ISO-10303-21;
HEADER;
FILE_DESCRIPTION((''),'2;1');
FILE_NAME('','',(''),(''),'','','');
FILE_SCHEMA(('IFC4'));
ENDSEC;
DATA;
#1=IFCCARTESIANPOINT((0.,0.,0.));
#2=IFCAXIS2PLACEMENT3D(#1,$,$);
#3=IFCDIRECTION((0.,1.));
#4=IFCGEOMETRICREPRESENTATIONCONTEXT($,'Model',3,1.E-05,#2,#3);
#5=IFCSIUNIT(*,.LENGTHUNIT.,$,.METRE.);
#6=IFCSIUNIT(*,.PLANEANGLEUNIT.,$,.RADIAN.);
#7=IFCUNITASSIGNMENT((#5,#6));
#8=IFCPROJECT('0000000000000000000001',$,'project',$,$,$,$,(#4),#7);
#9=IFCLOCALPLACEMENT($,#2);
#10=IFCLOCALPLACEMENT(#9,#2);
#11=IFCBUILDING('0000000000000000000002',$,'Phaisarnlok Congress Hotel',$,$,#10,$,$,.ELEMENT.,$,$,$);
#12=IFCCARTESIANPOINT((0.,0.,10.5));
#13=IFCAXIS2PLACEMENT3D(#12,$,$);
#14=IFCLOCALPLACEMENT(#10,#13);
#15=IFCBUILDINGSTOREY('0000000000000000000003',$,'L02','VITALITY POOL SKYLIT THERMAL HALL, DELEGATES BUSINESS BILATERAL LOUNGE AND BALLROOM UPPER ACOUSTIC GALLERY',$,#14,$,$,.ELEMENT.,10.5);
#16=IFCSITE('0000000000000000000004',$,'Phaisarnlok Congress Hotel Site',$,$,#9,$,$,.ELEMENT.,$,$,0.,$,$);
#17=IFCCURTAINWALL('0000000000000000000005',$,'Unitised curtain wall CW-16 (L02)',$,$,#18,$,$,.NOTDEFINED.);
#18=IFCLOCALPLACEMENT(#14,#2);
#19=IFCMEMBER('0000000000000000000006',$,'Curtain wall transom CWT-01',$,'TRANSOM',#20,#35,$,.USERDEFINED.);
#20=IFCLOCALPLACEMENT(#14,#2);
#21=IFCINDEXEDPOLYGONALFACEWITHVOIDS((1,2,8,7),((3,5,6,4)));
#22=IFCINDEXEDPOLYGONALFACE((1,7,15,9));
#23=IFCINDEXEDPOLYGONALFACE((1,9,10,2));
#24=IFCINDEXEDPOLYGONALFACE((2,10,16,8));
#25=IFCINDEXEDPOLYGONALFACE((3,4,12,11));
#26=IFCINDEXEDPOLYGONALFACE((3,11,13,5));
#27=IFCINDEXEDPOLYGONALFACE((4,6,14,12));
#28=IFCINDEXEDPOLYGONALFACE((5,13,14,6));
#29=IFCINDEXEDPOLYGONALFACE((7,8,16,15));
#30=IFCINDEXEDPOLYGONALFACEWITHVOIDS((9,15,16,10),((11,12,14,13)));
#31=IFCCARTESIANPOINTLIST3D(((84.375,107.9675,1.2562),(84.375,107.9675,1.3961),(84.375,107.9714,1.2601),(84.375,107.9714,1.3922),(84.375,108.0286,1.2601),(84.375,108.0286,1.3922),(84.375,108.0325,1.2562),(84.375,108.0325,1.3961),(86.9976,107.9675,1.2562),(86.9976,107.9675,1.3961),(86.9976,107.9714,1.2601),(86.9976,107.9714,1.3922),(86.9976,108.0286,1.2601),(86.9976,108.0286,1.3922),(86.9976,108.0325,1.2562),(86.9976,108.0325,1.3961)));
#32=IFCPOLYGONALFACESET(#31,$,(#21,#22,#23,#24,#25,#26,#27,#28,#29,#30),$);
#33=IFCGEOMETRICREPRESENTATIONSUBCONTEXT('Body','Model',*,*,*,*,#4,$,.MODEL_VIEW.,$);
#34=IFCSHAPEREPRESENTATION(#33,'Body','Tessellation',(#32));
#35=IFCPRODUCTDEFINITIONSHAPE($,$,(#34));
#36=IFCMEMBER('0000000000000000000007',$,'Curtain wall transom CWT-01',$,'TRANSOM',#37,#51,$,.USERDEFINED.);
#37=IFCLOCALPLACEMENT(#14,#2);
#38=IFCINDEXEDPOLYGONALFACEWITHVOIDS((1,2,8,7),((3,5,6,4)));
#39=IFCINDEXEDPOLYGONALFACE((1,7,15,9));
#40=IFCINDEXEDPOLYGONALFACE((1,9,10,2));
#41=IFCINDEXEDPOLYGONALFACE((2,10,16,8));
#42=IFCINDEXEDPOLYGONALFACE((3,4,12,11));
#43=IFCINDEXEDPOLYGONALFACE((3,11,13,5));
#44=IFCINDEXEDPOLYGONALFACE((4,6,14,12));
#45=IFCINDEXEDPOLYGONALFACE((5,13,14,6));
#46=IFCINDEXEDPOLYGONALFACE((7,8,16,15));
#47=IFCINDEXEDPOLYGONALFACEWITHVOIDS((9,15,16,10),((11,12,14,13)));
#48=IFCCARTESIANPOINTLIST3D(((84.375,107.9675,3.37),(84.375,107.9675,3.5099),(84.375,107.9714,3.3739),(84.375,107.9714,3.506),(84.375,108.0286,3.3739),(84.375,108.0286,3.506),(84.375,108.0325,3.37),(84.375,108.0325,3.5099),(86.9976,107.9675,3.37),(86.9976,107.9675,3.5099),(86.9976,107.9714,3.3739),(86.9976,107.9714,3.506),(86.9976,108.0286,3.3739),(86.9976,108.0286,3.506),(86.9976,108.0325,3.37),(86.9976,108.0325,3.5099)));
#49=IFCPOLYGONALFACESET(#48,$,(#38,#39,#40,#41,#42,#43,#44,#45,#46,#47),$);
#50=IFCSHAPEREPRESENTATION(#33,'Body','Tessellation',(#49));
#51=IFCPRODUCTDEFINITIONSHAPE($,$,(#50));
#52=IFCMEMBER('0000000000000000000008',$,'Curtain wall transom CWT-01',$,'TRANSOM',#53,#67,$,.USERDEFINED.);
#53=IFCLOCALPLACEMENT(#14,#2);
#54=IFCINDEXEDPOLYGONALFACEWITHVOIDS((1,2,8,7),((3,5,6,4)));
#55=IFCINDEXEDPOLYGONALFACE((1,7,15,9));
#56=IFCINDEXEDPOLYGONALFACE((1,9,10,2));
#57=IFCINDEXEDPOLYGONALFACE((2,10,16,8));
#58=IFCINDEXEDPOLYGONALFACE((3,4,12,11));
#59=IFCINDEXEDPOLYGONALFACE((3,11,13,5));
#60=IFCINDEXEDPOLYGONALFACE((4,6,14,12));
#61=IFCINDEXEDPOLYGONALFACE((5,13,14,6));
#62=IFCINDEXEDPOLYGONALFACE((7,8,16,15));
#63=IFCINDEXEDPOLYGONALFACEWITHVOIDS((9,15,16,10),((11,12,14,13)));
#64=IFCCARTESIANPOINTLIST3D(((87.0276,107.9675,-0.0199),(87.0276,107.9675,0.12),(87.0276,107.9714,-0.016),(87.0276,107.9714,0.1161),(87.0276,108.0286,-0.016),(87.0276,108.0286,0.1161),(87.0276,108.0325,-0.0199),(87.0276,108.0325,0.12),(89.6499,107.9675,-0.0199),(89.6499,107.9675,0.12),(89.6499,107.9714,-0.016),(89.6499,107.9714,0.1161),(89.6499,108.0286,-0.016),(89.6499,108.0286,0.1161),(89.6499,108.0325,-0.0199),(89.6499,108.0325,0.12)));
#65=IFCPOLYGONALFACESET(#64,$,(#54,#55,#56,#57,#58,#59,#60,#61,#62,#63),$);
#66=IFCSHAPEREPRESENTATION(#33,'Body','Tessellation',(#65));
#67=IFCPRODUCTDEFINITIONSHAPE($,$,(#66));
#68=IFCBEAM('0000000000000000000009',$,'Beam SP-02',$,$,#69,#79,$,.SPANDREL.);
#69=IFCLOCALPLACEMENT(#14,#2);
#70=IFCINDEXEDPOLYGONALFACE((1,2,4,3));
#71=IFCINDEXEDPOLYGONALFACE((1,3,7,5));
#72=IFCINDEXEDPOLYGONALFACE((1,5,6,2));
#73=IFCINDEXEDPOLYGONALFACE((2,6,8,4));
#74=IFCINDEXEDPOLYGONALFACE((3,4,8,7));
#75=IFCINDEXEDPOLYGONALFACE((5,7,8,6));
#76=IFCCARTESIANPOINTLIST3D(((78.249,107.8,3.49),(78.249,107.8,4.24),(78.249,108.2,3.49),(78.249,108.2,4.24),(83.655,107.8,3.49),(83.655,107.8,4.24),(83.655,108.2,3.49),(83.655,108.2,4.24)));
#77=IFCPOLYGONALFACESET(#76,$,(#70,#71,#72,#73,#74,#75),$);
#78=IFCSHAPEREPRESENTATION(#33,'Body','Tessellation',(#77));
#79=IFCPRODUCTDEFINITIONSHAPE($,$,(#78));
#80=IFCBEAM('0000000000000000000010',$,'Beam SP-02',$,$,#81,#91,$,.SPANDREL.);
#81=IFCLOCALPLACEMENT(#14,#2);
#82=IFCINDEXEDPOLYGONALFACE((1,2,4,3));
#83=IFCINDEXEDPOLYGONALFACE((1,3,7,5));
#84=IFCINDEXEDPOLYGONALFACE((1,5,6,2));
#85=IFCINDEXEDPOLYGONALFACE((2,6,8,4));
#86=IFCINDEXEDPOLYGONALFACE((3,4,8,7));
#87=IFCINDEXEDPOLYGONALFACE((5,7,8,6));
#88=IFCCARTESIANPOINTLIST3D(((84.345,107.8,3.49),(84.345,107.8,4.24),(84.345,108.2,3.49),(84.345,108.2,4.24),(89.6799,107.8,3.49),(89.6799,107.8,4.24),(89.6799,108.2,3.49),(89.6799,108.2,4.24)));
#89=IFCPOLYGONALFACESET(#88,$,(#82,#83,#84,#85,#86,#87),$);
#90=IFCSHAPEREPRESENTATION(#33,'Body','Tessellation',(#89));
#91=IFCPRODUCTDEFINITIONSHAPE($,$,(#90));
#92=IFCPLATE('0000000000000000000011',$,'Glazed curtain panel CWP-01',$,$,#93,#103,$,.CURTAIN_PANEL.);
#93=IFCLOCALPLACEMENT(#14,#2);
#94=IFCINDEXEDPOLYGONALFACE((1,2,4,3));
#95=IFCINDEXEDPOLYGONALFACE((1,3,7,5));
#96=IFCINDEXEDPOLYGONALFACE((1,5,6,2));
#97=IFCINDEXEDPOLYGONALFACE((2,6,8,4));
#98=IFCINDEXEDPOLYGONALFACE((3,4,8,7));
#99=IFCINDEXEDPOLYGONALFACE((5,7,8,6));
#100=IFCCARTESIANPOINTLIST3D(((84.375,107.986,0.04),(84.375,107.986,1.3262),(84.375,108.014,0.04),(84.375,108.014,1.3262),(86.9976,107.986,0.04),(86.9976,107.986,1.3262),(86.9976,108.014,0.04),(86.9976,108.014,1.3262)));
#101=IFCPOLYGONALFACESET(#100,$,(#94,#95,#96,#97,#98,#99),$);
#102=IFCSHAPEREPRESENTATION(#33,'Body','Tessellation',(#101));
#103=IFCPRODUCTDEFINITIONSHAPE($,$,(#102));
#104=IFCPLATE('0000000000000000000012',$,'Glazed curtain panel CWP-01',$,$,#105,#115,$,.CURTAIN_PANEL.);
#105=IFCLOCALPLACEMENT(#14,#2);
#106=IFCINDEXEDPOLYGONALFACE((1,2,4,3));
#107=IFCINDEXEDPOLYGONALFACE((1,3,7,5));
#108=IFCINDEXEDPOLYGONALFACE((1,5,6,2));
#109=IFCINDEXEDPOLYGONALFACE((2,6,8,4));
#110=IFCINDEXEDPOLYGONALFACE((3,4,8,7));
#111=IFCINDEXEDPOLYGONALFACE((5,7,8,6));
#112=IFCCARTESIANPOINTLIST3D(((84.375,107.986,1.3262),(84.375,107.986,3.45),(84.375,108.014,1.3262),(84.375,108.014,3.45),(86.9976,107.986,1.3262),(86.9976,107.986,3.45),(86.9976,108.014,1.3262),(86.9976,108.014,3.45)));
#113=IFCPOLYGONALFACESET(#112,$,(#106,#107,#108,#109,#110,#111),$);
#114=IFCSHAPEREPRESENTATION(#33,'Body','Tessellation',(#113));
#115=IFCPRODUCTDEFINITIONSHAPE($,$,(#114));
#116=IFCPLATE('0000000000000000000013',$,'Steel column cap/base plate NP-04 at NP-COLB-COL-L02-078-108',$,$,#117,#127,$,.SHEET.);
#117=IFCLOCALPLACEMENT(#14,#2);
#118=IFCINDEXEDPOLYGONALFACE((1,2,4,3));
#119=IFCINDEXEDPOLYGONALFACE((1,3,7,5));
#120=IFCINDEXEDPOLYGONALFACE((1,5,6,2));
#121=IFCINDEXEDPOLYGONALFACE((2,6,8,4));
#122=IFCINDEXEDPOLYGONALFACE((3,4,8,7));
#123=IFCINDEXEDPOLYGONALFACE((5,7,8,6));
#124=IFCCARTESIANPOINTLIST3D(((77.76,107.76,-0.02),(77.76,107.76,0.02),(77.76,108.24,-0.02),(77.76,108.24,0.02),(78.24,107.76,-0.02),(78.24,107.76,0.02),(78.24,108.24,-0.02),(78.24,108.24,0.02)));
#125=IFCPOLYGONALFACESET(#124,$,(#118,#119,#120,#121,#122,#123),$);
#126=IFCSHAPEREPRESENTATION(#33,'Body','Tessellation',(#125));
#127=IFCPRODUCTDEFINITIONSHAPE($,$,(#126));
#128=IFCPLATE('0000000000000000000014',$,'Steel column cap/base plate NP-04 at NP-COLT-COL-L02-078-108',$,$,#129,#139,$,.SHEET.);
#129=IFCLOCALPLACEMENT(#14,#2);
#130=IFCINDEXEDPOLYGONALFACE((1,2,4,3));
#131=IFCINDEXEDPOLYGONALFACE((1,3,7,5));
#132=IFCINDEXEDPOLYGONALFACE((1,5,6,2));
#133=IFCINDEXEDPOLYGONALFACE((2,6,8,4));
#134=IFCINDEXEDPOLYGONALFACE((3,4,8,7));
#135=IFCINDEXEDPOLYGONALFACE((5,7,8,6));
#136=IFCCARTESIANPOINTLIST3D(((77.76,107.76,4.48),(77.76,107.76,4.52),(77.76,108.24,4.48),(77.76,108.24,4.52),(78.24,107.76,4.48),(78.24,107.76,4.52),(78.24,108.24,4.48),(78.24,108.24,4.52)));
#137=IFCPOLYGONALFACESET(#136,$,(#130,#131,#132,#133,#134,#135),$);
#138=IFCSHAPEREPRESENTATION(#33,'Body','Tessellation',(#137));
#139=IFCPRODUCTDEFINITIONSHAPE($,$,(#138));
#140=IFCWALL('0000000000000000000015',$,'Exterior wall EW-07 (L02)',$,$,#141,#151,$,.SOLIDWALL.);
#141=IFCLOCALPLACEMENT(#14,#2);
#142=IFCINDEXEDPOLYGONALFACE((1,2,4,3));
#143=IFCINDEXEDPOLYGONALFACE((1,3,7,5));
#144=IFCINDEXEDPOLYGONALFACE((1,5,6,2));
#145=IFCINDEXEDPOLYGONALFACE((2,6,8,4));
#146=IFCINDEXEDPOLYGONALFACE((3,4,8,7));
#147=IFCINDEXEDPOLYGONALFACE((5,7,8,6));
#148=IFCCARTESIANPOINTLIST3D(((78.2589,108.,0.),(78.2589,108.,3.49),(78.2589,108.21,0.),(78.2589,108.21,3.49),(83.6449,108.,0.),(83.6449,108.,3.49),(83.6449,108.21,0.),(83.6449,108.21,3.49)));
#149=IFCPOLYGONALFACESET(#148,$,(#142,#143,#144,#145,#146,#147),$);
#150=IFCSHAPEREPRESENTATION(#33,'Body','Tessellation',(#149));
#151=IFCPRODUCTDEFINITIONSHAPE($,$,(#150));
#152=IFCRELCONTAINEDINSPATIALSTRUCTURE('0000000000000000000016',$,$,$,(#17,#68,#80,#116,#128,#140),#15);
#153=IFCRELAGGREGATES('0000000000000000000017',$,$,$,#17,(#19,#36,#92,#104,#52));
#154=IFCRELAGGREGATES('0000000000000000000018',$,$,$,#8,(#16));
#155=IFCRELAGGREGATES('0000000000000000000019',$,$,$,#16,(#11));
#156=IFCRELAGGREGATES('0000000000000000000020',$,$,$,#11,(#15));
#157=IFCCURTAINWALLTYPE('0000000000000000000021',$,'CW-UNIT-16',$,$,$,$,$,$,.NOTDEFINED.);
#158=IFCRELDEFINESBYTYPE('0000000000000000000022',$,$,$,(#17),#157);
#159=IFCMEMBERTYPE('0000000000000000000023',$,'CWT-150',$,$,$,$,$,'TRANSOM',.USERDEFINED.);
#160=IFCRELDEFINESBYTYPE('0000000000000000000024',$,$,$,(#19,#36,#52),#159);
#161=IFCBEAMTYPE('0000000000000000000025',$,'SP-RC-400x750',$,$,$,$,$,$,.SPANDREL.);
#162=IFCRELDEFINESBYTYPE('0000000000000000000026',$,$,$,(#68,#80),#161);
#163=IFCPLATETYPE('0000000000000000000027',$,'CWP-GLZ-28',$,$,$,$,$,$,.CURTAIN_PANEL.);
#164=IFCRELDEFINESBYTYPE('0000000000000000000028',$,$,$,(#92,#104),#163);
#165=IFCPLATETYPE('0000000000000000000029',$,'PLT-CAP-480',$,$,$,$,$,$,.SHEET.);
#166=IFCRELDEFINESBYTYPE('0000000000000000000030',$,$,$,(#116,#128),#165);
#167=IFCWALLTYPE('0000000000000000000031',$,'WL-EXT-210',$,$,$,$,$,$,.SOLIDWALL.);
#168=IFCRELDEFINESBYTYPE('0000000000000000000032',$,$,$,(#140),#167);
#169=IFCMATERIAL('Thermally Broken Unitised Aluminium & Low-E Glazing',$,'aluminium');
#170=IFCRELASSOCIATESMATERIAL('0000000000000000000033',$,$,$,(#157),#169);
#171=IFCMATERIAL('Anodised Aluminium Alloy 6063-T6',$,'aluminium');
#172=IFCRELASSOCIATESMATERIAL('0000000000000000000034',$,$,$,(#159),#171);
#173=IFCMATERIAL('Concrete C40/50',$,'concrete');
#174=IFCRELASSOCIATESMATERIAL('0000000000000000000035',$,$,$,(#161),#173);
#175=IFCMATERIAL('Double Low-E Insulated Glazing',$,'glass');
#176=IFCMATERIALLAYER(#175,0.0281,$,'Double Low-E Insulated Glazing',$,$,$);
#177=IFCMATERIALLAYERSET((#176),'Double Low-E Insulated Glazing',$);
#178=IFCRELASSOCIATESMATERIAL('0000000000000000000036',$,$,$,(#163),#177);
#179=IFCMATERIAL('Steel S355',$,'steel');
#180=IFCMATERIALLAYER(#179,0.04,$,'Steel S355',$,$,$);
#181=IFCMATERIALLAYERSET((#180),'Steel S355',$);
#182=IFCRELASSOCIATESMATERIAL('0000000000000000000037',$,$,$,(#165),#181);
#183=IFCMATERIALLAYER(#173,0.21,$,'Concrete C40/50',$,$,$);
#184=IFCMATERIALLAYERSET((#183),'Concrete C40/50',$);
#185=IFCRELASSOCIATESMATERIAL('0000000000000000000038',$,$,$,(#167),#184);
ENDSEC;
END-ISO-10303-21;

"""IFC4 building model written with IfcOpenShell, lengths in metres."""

from ifc_helpers import new_model, si_unit, direction, frame, frame_2d, origin, origin_2d, place, context, subcontext, project, spatial, rectangle, hollow_rectangle, extrude, material, layer, layer_set, material_profile, profile_set, type_object, element, aggregate, save


model = new_model("IFC4")

# Units and contexts
model_context = context("Model", 3, precision=1e-05, world=origin(), true_north=direction((0.0, 1.0)))
body_context = subcontext(model_context, "Body", "Model", "MODEL_VIEW")
ifc_project = project(units=[si_unit("LENGTHUNIT", "METRE"), si_unit("PLANEANGLEUNIT", "RADIAN")], contexts=[model_context])

# Site, building, storey
site_placement = place(None, origin())
site = spatial("IfcSite", under=ifc_project, at=site_placement, Name="Phaisarnlok Congress Hotel Site", CompositionType="ELEMENT", RefElevation=0.0)
building_placement = place(site_placement, origin())
building = spatial("IfcBuilding", under=site, at=building_placement, Name="Phaisarnlok Congress Hotel", CompositionType="ELEMENT")
storey_placement = place(building_placement, frame((0.0, 0.0, 10.5)))
storey = spatial("IfcBuildingStorey", under=building, at=storey_placement, Name="L02", Description="VITALITY POOL SKYLIT THERMAL HALL, DELEGATES BUSINESS BILATERAL LOUNGE AND BALLROOM UPPER ACOUSTIC GALLERY", CompositionType="ELEMENT", Elevation=10.5)

# Shared definitions
ifc_material_1 = material(Name="Steel S355", Category="steel")

# Shared definitions
ifc_material_2 = material(Name="Concrete C40/50", Category="concrete")

# Curtain wall, members
ifc_material_3 = material(Name="Thermally Broken Unitised Aluminium & Low-E Glazing", Category="aluminium")
curtain_wall_type = type_object("IfcCurtainWallType", Name="CW-UNIT-16", PredefinedType="NOTDEFINED", material=ifc_material_3)
curtain_wall_placement = place(storey_placement, origin())
curtain_wall = element("IfcCurtainWall", 1, at=curtain_wall_placement, inside=storey, type_object=curtain_wall_type, Name="Unitised curtain wall CW-16 (L02)", PredefinedType="NOTDEFINED")
ifc_material_4 = material(Name="Anodised Aluminium Alloy 6063-T6", Category="aluminium")
ifc_material_profile_1 = material_profile(ifc_material_4, hollow_rectangle(XDim=0.0649, YDim=0.1399, WallThickness=0.0039, at=origin_2d()), Name="ALU-T 65x140x4")
ifc_profile_set_1 = profile_set([ifc_material_profile_1], Name="Anodised Aluminium Alloy 6063-T6")
member_type_1 = type_object("IfcMemberType", Name="CWT-150", ElementType="TRANSOM", PredefinedType="USERDEFINED", material=ifc_profile_set_1)
member_1_placement = place(storey_placement, frame((84.375, 108.0, 1.3262), z_axis=(1.0, 0.0, 0.0), x_axis=(0.0, 1.0, 0.0)))
member_1 = element("IfcMember", 2, at=member_1_placement, type_object=member_type_1, Name="Curtain wall transom CWT-01", ObjectType="TRANSOM", PredefinedType="USERDEFINED", context=body_context, shape_type="SweptSolid", body=[
    extrude(hollow_rectangle(XDim=0.0649, YDim=0.1399, WallThickness=0.0039, at=origin_2d()), origin(), (0.0, 0.0, 1.0), 2.6226),
])
member_2_placement = place(storey_placement, frame((84.375, 108.0, 3.4399), z_axis=(1.0, 0.0, 0.0), x_axis=(0.0, 1.0, 0.0)))
member_2 = element("IfcMember", 3, at=member_2_placement, type_object=member_type_1, Name="Curtain wall transom CWT-01", ObjectType="TRANSOM", PredefinedType="USERDEFINED", context=body_context, shape_type="SweptSolid", body=[
    extrude(hollow_rectangle(XDim=0.0649, YDim=0.1399, WallThickness=0.0039, at=origin_2d()), origin(), (0.0, 0.0, 1.0), 2.6226),
])
member_3_placement = place(storey_placement, frame((87.0276, 108.0, 0.05), z_axis=(1.0, 0.0, 0.0), x_axis=(0.0, 1.0, 0.0)))
member_3 = element("IfcMember", 4, at=member_3_placement, type_object=member_type_1, Name="Curtain wall transom CWT-01", ObjectType="TRANSOM", PredefinedType="USERDEFINED", context=body_context, shape_type="SweptSolid", body=[
    extrude(hollow_rectangle(XDim=0.0649, YDim=0.1399, WallThickness=0.0039, at=origin_2d()), origin(), (0.0, 0.0, 1.0), 2.6223),
])

# Beams
ifc_material_profile_2 = material_profile(ifc_material_2, rectangle(XDim=0.3999, YDim=0.75, at=origin_2d()), Name="RC 400x750")
ifc_profile_set_2 = profile_set([ifc_material_profile_2], Name="Concrete C40/50")
beam_type_1 = type_object("IfcBeamType", Name="SP-RC-400x750", PredefinedType="SPANDREL", material=ifc_profile_set_2)
beam_1_placement = place(storey_placement, frame((78.249, 108.0, 3.865), z_axis=(1.0, 0.0, 0.0), x_axis=(0.0, 1.0, 0.0)))
element("IfcBeam", 5, at=beam_1_placement, inside=storey, type_object=beam_type_1, Name="Beam SP-02", PredefinedType="SPANDREL", context=body_context, shape_type="SweptSolid", body=[
    extrude(rectangle(XDim=0.3999, YDim=0.75, at=origin_2d()), origin(), (0.0, 0.0, 1.0), 5.406),
])
beam_2_placement = place(storey_placement, frame((84.345, 108.0, 3.865), z_axis=(1.0, 0.0, 0.0), x_axis=(0.0, 1.0, 0.0)))
element("IfcBeam", 6, at=beam_2_placement, inside=storey, type_object=beam_type_1, Name="Beam SP-02", PredefinedType="SPANDREL", context=body_context, shape_type="SweptSolid", body=[
    extrude(rectangle(XDim=0.3999, YDim=0.75, at=origin_2d()), origin(), (0.0, 0.0, 1.0), 5.335),
])

# Plates
ifc_material_5 = material(Name="Double Low-E Insulated Glazing", Category="glass")
ifc_layer_1 = layer(ifc_material_5, 0.0281, Name="Double Low-E Insulated Glazing")
ifc_layer_set_1 = layer_set([ifc_layer_1], Name="Double Low-E Insulated Glazing")
plate_type_1 = type_object("IfcPlateType", Name="CWP-GLZ-28", PredefinedType="CURTAIN_PANEL", material=ifc_layer_set_1)
plate_1_placement = place(storey_placement, frame((84.375, 108.0, 0.04), z_axis=(0.0, 0.0, 1.0), x_axis=(1.0, 0.0, 0.0)))
plate_1 = element("IfcPlate", 7, at=plate_1_placement, type_object=plate_type_1, Name="Glazed curtain panel CWP-01", PredefinedType="CURTAIN_PANEL", context=body_context, shape_type="SweptSolid", body=[
    extrude(rectangle(XDim=2.6226, YDim=0.0281, at=frame_2d((1.3113, 0.0))), origin(), (0.0, 0.0, 1.0), 1.2861),
])
plate_2_placement = place(storey_placement, frame((84.375, 108.0, 1.3262), z_axis=(0.0, 0.0, 1.0), x_axis=(1.0, 0.0, 0.0)))
plate_2 = element("IfcPlate", 8, at=plate_2_placement, type_object=plate_type_1, Name="Glazed curtain panel CWP-01", PredefinedType="CURTAIN_PANEL", context=body_context, shape_type="SweptSolid", body=[
    extrude(rectangle(XDim=2.6226, YDim=0.0281, at=frame_2d((1.3113, 0.0))), origin(), (0.0, 0.0, 1.0), 2.1238),
])
aggregate(curtain_wall, [member_1, member_2, plate_1, plate_2, member_3])

# Plates
ifc_layer_2 = layer(ifc_material_1, 0.04, Name="Steel S355")
ifc_layer_set_2 = layer_set([ifc_layer_2], Name="Steel S355")
plate_type_2 = type_object("IfcPlateType", Name="PLT-CAP-480", PredefinedType="SHEET", material=ifc_layer_set_2)
for number, where, z_axis, x_axis, name in (
    (9, (78.0, 108.0, -0.02), (0.0, 0.0, 1.0), (1.0, 0.0, 0.0), "Steel column cap/base plate NP-04 at NP-COLB-COL-L02-078-108"),
    (10, (78.0, 108.0, 4.48), (0.0, 0.0, 1.0), (1.0, 0.0, 0.0), "Steel column cap/base plate NP-04 at NP-COLT-COL-L02-078-108"),
):
    element("IfcPlate", number, at=place(storey_placement, frame(where, z_axis=z_axis, x_axis=x_axis)), inside=storey, type_object=plate_type_2, Name=name, PredefinedType="SHEET", context=body_context, shape_type="SweptSolid", body=[
        extrude(rectangle(XDim=0.48, YDim=0.48, at=origin_2d()), origin(), (0.0, 0.0, 1.0), 0.04),
    ])

# Wall
ifc_layer_3 = layer(ifc_material_2, 0.21, Name="Concrete C40/50")
ifc_layer_set_3 = layer_set([ifc_layer_3], Name="Concrete C40/50")
wall_type_1 = type_object("IfcWallType", Name="WL-EXT-210", PredefinedType="SOLIDWALL", material=ifc_layer_set_3)
wall_1_placement = place(storey_placement, frame((78.259, 108.105, 0.0), z_axis=(0.0, 0.0, 1.0), x_axis=(1.0, 0.0, 0.0)))
element("IfcWall", 11, at=wall_1_placement, inside=storey, type_object=wall_type_1, Name="Exterior wall EW-07 (L02)", PredefinedType="SOLIDWALL", context=body_context, shape_type="SweptSolid", body=[
    extrude(rectangle(XDim=5.386, YDim=0.21, at=frame_2d((2.6929, 0.0))), origin(), (0.0, 0.0, 1.0), 3.49),
])

save(model, "model.ifc")
